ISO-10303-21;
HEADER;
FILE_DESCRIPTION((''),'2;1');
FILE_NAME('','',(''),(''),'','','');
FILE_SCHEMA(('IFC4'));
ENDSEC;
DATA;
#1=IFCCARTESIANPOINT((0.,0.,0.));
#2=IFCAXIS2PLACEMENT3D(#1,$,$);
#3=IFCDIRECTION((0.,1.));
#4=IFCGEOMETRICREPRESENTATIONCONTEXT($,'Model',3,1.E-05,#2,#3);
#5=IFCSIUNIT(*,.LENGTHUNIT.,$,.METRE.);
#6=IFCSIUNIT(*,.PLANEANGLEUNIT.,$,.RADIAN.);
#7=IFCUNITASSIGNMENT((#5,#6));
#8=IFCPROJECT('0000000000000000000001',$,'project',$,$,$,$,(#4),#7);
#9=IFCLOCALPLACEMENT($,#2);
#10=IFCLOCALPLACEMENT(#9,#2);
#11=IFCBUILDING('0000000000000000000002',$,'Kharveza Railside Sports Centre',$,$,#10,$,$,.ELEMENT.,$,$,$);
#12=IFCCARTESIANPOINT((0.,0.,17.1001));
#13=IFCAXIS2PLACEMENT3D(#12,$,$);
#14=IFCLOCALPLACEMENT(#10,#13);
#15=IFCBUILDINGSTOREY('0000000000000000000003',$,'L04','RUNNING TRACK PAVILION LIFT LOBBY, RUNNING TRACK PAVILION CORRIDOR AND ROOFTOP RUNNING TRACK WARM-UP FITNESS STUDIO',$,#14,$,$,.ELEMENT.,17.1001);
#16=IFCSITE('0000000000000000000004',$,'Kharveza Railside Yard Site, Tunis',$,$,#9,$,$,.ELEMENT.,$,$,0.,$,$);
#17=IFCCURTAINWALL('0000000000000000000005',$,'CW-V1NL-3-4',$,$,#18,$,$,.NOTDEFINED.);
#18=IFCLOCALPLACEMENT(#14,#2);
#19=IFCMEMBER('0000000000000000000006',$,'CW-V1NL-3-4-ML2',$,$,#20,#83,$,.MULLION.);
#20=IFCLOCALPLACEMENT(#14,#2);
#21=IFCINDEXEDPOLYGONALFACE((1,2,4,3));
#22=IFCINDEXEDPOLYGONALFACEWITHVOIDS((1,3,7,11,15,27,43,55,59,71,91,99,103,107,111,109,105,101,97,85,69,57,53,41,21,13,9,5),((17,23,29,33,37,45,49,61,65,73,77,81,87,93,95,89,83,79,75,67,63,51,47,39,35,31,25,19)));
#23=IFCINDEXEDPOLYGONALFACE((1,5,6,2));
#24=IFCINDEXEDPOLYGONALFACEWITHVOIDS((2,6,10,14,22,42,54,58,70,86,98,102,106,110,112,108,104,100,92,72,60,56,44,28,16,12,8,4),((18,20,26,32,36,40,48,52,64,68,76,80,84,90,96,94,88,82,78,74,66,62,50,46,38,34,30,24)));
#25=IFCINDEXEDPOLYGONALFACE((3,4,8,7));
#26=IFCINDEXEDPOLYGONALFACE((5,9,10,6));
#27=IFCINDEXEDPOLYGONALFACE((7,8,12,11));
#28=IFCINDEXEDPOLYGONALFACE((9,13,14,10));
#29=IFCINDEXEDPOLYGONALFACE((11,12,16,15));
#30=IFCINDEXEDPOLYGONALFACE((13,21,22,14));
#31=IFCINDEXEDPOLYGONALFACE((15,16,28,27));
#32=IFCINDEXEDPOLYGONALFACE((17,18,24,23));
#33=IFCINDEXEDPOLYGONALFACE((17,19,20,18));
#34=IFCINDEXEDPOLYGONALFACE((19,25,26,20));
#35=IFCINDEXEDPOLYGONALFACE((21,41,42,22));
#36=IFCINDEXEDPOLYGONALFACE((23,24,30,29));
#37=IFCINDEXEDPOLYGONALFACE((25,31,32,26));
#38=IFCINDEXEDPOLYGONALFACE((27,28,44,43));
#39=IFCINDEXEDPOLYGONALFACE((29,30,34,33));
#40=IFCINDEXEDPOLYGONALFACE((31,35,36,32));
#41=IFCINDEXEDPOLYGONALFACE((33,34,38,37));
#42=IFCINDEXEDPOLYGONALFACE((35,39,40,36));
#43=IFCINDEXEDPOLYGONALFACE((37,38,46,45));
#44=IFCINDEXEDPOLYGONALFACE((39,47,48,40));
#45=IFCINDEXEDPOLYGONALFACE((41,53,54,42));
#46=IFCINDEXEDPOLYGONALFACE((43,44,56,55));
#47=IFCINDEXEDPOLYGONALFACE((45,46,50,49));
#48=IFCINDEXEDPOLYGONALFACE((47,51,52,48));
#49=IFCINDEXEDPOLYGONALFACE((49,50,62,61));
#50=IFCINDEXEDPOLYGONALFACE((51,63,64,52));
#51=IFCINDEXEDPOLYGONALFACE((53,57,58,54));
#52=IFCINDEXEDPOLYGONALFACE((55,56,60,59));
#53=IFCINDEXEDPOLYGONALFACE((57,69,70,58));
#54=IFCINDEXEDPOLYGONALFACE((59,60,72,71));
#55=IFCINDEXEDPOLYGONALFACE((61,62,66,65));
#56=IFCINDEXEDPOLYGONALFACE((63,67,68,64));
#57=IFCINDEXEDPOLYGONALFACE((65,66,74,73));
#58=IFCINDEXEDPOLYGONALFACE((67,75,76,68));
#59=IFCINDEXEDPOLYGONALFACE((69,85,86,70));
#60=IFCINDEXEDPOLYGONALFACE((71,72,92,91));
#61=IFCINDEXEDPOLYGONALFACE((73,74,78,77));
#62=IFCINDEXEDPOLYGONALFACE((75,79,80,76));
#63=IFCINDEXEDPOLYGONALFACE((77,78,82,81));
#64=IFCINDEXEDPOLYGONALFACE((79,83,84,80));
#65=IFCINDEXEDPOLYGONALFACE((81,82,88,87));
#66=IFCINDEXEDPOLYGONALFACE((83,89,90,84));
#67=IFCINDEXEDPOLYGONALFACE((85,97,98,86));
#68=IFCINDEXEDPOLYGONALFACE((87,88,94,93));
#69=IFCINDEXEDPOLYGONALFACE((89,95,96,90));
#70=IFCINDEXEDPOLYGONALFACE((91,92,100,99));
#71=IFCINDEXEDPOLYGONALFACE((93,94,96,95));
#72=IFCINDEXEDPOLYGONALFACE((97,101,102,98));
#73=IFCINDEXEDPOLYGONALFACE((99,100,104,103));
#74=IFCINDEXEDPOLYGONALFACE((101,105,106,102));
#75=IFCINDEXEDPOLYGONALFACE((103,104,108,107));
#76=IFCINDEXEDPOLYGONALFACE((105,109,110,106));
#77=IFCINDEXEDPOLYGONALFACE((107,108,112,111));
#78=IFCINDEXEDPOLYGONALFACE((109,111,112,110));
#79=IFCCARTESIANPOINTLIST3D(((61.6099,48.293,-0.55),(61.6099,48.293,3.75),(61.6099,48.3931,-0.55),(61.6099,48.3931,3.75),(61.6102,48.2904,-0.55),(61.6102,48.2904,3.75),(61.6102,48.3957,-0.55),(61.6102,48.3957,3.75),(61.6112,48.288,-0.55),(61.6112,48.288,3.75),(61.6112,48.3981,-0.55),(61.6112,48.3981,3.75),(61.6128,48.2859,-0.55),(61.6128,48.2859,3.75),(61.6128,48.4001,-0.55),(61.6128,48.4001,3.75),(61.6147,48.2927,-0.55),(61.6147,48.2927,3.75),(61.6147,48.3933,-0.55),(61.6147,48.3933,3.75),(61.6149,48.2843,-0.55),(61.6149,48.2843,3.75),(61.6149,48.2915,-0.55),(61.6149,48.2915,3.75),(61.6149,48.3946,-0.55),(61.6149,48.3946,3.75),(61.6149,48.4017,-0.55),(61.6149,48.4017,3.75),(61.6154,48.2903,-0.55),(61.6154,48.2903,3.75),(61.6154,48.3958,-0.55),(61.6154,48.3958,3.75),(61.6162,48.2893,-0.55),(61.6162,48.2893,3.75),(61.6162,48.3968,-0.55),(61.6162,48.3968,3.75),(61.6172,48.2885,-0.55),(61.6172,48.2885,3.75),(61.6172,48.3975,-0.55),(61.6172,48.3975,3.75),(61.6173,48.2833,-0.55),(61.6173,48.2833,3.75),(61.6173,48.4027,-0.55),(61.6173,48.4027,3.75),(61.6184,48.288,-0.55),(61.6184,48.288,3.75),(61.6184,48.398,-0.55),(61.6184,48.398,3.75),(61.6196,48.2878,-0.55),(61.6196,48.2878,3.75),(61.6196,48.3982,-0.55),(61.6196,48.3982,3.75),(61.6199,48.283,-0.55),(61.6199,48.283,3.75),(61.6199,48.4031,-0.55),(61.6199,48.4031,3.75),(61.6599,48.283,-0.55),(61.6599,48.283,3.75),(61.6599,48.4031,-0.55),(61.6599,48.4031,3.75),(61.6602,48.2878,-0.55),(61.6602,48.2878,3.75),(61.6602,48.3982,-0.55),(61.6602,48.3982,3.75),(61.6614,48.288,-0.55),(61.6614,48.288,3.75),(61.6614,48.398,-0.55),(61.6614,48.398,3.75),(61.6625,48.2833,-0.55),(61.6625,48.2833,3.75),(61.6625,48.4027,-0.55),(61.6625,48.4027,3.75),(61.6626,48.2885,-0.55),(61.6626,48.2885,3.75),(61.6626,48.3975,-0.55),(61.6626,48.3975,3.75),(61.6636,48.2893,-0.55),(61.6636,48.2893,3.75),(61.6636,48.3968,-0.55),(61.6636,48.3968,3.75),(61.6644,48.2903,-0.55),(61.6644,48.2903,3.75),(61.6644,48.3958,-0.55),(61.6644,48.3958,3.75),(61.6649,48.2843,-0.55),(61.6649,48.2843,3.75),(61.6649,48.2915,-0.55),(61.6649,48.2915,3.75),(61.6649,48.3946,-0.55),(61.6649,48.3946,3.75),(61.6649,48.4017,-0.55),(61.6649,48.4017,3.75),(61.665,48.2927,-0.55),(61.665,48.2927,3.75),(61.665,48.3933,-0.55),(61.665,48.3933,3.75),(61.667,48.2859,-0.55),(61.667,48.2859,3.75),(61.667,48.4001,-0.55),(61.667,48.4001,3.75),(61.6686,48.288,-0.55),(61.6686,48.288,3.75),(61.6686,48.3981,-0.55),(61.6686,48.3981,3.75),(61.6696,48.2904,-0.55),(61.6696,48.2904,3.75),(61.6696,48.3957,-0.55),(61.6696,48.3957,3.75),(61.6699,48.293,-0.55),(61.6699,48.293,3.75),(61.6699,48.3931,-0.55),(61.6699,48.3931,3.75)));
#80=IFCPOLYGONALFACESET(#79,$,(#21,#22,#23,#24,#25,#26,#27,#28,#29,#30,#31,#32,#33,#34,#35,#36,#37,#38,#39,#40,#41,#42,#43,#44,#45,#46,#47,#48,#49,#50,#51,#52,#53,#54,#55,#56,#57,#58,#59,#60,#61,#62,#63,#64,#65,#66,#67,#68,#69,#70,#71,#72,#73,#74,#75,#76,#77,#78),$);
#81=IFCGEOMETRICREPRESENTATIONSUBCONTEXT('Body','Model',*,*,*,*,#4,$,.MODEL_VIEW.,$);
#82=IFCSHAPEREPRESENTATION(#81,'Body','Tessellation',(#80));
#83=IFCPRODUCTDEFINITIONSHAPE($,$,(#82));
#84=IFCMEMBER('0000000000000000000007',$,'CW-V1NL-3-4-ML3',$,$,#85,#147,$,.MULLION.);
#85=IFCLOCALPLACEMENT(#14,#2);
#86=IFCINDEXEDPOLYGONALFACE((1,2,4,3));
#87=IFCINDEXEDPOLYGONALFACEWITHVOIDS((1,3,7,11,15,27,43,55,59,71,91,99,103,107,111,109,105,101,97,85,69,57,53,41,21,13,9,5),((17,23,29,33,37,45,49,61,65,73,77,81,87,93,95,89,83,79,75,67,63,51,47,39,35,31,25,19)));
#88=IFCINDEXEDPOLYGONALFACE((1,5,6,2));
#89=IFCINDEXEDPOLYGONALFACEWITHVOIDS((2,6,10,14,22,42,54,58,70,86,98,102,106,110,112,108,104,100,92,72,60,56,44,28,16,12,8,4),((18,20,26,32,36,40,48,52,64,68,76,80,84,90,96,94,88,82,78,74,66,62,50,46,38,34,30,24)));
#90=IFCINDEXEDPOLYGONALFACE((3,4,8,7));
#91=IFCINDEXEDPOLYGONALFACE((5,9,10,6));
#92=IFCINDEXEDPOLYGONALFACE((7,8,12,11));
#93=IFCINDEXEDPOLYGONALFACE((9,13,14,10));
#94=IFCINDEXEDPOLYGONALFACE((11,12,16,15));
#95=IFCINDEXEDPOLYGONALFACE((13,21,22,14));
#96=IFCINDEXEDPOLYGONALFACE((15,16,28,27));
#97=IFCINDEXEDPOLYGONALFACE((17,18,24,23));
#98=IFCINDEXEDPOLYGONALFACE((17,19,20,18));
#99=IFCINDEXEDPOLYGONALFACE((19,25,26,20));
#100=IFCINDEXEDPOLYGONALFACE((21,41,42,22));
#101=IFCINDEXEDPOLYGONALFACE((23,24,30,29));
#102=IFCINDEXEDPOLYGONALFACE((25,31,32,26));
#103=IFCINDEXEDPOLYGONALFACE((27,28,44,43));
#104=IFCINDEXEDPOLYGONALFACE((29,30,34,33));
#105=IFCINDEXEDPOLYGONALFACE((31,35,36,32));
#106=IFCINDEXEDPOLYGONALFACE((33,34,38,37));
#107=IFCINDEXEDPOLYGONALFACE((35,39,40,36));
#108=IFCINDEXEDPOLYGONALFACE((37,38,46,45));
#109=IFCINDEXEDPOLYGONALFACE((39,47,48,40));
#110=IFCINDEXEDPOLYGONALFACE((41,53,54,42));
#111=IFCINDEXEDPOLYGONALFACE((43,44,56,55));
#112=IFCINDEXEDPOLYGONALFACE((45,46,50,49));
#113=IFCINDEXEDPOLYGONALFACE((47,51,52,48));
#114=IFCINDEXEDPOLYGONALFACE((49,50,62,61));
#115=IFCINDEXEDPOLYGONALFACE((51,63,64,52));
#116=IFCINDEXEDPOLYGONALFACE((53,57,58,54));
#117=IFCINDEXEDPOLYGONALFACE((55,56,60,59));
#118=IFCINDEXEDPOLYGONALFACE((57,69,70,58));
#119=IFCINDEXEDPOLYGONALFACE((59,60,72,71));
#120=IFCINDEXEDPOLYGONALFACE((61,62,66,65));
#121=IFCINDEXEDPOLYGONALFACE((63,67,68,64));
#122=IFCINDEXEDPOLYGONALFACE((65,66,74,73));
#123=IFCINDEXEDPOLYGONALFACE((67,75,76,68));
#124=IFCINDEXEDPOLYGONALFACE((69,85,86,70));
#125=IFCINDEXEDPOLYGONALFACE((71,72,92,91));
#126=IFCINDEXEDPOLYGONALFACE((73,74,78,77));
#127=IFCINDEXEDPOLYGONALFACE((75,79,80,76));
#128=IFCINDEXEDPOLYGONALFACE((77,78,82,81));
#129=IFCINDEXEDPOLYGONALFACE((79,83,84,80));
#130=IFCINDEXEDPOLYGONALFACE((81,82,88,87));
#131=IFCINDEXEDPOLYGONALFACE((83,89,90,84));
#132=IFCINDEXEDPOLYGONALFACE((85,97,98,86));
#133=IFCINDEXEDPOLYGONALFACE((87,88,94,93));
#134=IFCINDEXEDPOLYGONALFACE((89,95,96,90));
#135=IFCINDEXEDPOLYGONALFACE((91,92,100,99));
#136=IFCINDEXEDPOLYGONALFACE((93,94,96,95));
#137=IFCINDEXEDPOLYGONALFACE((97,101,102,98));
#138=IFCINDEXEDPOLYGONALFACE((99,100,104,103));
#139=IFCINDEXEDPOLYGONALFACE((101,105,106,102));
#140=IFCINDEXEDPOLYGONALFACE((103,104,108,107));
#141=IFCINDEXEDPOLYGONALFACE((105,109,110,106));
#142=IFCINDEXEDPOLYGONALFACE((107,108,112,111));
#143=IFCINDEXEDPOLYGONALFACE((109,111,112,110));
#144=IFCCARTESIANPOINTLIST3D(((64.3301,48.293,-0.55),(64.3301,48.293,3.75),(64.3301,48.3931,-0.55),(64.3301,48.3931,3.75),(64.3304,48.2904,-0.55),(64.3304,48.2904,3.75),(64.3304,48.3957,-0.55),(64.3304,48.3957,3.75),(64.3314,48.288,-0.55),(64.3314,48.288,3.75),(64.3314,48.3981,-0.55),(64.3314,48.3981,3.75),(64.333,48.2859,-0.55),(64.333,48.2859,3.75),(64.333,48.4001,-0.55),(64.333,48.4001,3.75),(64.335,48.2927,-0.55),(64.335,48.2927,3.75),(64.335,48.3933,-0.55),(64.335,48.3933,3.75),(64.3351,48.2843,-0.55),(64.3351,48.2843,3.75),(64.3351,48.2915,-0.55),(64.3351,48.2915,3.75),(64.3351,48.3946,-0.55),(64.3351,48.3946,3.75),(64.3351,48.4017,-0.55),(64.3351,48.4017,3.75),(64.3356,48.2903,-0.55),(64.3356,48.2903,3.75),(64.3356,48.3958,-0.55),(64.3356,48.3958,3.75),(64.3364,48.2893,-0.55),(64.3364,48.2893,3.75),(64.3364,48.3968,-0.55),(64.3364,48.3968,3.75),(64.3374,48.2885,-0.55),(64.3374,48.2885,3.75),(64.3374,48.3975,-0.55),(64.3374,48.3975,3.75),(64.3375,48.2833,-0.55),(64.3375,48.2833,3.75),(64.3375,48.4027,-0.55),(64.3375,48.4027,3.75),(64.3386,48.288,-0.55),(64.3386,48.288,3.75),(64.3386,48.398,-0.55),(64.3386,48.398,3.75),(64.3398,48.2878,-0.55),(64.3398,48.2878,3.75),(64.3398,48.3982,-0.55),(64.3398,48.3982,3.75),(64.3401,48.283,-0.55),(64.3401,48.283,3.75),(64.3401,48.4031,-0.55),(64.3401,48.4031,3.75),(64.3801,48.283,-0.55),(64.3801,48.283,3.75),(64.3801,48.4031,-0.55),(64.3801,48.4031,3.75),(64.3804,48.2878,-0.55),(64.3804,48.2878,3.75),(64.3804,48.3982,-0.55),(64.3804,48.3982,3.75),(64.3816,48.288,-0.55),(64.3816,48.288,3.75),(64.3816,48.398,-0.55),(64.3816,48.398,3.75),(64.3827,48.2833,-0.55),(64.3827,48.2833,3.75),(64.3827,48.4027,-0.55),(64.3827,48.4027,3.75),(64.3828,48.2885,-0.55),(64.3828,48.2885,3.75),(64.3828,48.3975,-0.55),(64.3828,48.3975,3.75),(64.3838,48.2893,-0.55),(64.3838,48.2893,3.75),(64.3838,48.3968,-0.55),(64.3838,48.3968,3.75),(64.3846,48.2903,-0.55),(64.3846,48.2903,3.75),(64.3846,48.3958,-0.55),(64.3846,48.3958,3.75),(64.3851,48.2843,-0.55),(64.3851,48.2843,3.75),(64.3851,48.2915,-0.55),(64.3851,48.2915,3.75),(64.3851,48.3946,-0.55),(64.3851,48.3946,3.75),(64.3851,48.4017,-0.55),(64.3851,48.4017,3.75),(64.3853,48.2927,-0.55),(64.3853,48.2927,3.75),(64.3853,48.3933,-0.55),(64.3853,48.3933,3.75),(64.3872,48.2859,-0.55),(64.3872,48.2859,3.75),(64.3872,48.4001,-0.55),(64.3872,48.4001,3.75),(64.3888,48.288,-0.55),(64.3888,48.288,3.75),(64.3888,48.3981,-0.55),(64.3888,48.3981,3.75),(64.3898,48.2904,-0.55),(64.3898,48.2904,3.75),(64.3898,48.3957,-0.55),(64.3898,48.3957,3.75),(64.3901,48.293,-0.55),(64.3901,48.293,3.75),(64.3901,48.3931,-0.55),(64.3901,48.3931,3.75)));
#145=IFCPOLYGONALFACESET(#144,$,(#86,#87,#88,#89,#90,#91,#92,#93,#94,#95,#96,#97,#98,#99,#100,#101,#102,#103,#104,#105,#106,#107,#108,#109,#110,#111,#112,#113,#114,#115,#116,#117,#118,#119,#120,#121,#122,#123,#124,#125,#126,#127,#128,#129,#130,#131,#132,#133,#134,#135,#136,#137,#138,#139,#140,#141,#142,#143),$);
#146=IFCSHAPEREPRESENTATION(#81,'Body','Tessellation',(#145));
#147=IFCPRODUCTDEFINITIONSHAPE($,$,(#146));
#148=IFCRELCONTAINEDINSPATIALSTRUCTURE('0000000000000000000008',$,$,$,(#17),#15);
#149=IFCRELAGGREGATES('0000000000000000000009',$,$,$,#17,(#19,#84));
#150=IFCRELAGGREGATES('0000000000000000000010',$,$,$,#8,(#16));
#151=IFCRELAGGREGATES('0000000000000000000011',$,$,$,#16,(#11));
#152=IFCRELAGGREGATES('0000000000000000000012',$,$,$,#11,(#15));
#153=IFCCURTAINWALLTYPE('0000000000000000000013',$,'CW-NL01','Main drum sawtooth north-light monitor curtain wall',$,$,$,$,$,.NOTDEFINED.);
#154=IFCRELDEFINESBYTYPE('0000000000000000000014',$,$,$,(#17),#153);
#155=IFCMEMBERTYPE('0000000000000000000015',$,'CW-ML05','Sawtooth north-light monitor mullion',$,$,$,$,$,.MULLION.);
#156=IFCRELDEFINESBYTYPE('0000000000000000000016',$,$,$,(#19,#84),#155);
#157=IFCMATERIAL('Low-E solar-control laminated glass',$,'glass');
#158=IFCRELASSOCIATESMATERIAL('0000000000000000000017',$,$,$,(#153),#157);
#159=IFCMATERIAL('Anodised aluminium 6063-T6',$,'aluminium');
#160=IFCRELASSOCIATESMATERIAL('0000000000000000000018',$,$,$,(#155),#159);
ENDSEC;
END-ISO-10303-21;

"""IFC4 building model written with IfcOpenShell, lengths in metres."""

from ifc_helpers import new_model, si_unit, direction, frame, origin, origin_2d, place, context, subcontext, project, spatial, hollow_rectangle, extrude, material, material_profile, profile_set, type_object, element, aggregate, save


model = new_model("IFC4")

# Units and contexts
model_context = context("Model", 3, precision=1e-05, world=origin(), true_north=direction((0.0, 1.0)))
body_context = subcontext(model_context, "Body", "Model", "MODEL_VIEW")
ifc_project = project(units=[si_unit("LENGTHUNIT", "METRE"), si_unit("PLANEANGLEUNIT", "RADIAN")], contexts=[model_context])

# Site, building, storey
site_placement = place(None, origin())
site = spatial("IfcSite", under=ifc_project, at=site_placement, Name="Kharveza Railside Yard Site, Tunis", CompositionType="ELEMENT", RefElevation=0.0)
building_placement = place(site_placement, origin())
building = spatial("IfcBuilding", under=site, at=building_placement, Name="Kharveza Railside Sports Centre", CompositionType="ELEMENT")
storey_placement = place(building_placement, frame((0.0, 0.0, 17.1001)))
storey = spatial("IfcBuildingStorey", under=building, at=storey_placement, Name="L04", Description="RUNNING TRACK PAVILION LIFT LOBBY, RUNNING TRACK PAVILION CORRIDOR AND ROOFTOP RUNNING TRACK WARM-UP FITNESS STUDIO", CompositionType="ELEMENT", Elevation=17.1001)

# Curtain wall, members
ifc_material_1 = material(Name="Low-E solar-control laminated glass", Category="glass")
curtain_wall_type = type_object("IfcCurtainWallType", Name="CW-NL01", Description="Main drum sawtooth north-light monitor curtain wall", PredefinedType="NOTDEFINED", material=ifc_material_1)
ifc_material_2 = material(Name="Anodised aluminium 6063-T6", Category="aluminium")
ifc_material_profile_1 = material_profile(ifc_material_2, hollow_rectangle(XDim=0.0601, YDim=0.1201, WallThickness=0.0049, InnerFilletRadius=0.0049, OuterFilletRadius=0.01, at=origin_2d()), Name="RHS 60x120x5.0")
ifc_profile_set_1 = profile_set([ifc_material_profile_1], Name="Anodised aluminium 6063-T6")
member_type_1 = type_object("IfcMemberType", Name="CW-ML05", Description="Sawtooth north-light monitor mullion", PredefinedType="MULLION", material=ifc_profile_set_1)
curtain_wall_1_placement = place(storey_placement, origin())
curtain_wall_1 = element("IfcCurtainWall", 1, at=curtain_wall_1_placement, inside=storey, type_object=curtain_wall_type, Name="CW-V1NL-3-4", PredefinedType="NOTDEFINED")
member_1_placement = place(storey_placement, frame((61.6399, 48.343, -0.55), z_axis=(0.0, 0.0, 1.0), x_axis=(1.0, 0.0, 0.0)))
member_1 = element("IfcMember", 2, at=member_1_placement, type_object=member_type_1, Name="CW-V1NL-3-4-ML2", PredefinedType="MULLION", context=body_context, shape_type="SweptSolid", body=[
    extrude(hollow_rectangle(XDim=0.0601, YDim=0.1201, WallThickness=0.0049, InnerFilletRadius=0.0049, OuterFilletRadius=0.01, at=origin_2d()), origin(), (0.0, 0.0, 1.0), 4.3),
])
member_2_placement = place(storey_placement, frame((64.3601, 48.343, -0.55), z_axis=(0.0, 0.0, 1.0), x_axis=(1.0, 0.0, 0.0)))
member_2 = element("IfcMember", 3, at=member_2_placement, type_object=member_type_1, Name="CW-V1NL-3-4-ML3", PredefinedType="MULLION", context=body_context, shape_type="SweptSolid", body=[
    extrude(hollow_rectangle(XDim=0.0601, YDim=0.1201, WallThickness=0.0049, InnerFilletRadius=0.0049, OuterFilletRadius=0.01, at=origin_2d()), origin(), (0.0, 0.0, 1.0), 4.3),
])

aggregate(curtain_wall_1, [member_1, member_2])

save(model, "model.ifc")
